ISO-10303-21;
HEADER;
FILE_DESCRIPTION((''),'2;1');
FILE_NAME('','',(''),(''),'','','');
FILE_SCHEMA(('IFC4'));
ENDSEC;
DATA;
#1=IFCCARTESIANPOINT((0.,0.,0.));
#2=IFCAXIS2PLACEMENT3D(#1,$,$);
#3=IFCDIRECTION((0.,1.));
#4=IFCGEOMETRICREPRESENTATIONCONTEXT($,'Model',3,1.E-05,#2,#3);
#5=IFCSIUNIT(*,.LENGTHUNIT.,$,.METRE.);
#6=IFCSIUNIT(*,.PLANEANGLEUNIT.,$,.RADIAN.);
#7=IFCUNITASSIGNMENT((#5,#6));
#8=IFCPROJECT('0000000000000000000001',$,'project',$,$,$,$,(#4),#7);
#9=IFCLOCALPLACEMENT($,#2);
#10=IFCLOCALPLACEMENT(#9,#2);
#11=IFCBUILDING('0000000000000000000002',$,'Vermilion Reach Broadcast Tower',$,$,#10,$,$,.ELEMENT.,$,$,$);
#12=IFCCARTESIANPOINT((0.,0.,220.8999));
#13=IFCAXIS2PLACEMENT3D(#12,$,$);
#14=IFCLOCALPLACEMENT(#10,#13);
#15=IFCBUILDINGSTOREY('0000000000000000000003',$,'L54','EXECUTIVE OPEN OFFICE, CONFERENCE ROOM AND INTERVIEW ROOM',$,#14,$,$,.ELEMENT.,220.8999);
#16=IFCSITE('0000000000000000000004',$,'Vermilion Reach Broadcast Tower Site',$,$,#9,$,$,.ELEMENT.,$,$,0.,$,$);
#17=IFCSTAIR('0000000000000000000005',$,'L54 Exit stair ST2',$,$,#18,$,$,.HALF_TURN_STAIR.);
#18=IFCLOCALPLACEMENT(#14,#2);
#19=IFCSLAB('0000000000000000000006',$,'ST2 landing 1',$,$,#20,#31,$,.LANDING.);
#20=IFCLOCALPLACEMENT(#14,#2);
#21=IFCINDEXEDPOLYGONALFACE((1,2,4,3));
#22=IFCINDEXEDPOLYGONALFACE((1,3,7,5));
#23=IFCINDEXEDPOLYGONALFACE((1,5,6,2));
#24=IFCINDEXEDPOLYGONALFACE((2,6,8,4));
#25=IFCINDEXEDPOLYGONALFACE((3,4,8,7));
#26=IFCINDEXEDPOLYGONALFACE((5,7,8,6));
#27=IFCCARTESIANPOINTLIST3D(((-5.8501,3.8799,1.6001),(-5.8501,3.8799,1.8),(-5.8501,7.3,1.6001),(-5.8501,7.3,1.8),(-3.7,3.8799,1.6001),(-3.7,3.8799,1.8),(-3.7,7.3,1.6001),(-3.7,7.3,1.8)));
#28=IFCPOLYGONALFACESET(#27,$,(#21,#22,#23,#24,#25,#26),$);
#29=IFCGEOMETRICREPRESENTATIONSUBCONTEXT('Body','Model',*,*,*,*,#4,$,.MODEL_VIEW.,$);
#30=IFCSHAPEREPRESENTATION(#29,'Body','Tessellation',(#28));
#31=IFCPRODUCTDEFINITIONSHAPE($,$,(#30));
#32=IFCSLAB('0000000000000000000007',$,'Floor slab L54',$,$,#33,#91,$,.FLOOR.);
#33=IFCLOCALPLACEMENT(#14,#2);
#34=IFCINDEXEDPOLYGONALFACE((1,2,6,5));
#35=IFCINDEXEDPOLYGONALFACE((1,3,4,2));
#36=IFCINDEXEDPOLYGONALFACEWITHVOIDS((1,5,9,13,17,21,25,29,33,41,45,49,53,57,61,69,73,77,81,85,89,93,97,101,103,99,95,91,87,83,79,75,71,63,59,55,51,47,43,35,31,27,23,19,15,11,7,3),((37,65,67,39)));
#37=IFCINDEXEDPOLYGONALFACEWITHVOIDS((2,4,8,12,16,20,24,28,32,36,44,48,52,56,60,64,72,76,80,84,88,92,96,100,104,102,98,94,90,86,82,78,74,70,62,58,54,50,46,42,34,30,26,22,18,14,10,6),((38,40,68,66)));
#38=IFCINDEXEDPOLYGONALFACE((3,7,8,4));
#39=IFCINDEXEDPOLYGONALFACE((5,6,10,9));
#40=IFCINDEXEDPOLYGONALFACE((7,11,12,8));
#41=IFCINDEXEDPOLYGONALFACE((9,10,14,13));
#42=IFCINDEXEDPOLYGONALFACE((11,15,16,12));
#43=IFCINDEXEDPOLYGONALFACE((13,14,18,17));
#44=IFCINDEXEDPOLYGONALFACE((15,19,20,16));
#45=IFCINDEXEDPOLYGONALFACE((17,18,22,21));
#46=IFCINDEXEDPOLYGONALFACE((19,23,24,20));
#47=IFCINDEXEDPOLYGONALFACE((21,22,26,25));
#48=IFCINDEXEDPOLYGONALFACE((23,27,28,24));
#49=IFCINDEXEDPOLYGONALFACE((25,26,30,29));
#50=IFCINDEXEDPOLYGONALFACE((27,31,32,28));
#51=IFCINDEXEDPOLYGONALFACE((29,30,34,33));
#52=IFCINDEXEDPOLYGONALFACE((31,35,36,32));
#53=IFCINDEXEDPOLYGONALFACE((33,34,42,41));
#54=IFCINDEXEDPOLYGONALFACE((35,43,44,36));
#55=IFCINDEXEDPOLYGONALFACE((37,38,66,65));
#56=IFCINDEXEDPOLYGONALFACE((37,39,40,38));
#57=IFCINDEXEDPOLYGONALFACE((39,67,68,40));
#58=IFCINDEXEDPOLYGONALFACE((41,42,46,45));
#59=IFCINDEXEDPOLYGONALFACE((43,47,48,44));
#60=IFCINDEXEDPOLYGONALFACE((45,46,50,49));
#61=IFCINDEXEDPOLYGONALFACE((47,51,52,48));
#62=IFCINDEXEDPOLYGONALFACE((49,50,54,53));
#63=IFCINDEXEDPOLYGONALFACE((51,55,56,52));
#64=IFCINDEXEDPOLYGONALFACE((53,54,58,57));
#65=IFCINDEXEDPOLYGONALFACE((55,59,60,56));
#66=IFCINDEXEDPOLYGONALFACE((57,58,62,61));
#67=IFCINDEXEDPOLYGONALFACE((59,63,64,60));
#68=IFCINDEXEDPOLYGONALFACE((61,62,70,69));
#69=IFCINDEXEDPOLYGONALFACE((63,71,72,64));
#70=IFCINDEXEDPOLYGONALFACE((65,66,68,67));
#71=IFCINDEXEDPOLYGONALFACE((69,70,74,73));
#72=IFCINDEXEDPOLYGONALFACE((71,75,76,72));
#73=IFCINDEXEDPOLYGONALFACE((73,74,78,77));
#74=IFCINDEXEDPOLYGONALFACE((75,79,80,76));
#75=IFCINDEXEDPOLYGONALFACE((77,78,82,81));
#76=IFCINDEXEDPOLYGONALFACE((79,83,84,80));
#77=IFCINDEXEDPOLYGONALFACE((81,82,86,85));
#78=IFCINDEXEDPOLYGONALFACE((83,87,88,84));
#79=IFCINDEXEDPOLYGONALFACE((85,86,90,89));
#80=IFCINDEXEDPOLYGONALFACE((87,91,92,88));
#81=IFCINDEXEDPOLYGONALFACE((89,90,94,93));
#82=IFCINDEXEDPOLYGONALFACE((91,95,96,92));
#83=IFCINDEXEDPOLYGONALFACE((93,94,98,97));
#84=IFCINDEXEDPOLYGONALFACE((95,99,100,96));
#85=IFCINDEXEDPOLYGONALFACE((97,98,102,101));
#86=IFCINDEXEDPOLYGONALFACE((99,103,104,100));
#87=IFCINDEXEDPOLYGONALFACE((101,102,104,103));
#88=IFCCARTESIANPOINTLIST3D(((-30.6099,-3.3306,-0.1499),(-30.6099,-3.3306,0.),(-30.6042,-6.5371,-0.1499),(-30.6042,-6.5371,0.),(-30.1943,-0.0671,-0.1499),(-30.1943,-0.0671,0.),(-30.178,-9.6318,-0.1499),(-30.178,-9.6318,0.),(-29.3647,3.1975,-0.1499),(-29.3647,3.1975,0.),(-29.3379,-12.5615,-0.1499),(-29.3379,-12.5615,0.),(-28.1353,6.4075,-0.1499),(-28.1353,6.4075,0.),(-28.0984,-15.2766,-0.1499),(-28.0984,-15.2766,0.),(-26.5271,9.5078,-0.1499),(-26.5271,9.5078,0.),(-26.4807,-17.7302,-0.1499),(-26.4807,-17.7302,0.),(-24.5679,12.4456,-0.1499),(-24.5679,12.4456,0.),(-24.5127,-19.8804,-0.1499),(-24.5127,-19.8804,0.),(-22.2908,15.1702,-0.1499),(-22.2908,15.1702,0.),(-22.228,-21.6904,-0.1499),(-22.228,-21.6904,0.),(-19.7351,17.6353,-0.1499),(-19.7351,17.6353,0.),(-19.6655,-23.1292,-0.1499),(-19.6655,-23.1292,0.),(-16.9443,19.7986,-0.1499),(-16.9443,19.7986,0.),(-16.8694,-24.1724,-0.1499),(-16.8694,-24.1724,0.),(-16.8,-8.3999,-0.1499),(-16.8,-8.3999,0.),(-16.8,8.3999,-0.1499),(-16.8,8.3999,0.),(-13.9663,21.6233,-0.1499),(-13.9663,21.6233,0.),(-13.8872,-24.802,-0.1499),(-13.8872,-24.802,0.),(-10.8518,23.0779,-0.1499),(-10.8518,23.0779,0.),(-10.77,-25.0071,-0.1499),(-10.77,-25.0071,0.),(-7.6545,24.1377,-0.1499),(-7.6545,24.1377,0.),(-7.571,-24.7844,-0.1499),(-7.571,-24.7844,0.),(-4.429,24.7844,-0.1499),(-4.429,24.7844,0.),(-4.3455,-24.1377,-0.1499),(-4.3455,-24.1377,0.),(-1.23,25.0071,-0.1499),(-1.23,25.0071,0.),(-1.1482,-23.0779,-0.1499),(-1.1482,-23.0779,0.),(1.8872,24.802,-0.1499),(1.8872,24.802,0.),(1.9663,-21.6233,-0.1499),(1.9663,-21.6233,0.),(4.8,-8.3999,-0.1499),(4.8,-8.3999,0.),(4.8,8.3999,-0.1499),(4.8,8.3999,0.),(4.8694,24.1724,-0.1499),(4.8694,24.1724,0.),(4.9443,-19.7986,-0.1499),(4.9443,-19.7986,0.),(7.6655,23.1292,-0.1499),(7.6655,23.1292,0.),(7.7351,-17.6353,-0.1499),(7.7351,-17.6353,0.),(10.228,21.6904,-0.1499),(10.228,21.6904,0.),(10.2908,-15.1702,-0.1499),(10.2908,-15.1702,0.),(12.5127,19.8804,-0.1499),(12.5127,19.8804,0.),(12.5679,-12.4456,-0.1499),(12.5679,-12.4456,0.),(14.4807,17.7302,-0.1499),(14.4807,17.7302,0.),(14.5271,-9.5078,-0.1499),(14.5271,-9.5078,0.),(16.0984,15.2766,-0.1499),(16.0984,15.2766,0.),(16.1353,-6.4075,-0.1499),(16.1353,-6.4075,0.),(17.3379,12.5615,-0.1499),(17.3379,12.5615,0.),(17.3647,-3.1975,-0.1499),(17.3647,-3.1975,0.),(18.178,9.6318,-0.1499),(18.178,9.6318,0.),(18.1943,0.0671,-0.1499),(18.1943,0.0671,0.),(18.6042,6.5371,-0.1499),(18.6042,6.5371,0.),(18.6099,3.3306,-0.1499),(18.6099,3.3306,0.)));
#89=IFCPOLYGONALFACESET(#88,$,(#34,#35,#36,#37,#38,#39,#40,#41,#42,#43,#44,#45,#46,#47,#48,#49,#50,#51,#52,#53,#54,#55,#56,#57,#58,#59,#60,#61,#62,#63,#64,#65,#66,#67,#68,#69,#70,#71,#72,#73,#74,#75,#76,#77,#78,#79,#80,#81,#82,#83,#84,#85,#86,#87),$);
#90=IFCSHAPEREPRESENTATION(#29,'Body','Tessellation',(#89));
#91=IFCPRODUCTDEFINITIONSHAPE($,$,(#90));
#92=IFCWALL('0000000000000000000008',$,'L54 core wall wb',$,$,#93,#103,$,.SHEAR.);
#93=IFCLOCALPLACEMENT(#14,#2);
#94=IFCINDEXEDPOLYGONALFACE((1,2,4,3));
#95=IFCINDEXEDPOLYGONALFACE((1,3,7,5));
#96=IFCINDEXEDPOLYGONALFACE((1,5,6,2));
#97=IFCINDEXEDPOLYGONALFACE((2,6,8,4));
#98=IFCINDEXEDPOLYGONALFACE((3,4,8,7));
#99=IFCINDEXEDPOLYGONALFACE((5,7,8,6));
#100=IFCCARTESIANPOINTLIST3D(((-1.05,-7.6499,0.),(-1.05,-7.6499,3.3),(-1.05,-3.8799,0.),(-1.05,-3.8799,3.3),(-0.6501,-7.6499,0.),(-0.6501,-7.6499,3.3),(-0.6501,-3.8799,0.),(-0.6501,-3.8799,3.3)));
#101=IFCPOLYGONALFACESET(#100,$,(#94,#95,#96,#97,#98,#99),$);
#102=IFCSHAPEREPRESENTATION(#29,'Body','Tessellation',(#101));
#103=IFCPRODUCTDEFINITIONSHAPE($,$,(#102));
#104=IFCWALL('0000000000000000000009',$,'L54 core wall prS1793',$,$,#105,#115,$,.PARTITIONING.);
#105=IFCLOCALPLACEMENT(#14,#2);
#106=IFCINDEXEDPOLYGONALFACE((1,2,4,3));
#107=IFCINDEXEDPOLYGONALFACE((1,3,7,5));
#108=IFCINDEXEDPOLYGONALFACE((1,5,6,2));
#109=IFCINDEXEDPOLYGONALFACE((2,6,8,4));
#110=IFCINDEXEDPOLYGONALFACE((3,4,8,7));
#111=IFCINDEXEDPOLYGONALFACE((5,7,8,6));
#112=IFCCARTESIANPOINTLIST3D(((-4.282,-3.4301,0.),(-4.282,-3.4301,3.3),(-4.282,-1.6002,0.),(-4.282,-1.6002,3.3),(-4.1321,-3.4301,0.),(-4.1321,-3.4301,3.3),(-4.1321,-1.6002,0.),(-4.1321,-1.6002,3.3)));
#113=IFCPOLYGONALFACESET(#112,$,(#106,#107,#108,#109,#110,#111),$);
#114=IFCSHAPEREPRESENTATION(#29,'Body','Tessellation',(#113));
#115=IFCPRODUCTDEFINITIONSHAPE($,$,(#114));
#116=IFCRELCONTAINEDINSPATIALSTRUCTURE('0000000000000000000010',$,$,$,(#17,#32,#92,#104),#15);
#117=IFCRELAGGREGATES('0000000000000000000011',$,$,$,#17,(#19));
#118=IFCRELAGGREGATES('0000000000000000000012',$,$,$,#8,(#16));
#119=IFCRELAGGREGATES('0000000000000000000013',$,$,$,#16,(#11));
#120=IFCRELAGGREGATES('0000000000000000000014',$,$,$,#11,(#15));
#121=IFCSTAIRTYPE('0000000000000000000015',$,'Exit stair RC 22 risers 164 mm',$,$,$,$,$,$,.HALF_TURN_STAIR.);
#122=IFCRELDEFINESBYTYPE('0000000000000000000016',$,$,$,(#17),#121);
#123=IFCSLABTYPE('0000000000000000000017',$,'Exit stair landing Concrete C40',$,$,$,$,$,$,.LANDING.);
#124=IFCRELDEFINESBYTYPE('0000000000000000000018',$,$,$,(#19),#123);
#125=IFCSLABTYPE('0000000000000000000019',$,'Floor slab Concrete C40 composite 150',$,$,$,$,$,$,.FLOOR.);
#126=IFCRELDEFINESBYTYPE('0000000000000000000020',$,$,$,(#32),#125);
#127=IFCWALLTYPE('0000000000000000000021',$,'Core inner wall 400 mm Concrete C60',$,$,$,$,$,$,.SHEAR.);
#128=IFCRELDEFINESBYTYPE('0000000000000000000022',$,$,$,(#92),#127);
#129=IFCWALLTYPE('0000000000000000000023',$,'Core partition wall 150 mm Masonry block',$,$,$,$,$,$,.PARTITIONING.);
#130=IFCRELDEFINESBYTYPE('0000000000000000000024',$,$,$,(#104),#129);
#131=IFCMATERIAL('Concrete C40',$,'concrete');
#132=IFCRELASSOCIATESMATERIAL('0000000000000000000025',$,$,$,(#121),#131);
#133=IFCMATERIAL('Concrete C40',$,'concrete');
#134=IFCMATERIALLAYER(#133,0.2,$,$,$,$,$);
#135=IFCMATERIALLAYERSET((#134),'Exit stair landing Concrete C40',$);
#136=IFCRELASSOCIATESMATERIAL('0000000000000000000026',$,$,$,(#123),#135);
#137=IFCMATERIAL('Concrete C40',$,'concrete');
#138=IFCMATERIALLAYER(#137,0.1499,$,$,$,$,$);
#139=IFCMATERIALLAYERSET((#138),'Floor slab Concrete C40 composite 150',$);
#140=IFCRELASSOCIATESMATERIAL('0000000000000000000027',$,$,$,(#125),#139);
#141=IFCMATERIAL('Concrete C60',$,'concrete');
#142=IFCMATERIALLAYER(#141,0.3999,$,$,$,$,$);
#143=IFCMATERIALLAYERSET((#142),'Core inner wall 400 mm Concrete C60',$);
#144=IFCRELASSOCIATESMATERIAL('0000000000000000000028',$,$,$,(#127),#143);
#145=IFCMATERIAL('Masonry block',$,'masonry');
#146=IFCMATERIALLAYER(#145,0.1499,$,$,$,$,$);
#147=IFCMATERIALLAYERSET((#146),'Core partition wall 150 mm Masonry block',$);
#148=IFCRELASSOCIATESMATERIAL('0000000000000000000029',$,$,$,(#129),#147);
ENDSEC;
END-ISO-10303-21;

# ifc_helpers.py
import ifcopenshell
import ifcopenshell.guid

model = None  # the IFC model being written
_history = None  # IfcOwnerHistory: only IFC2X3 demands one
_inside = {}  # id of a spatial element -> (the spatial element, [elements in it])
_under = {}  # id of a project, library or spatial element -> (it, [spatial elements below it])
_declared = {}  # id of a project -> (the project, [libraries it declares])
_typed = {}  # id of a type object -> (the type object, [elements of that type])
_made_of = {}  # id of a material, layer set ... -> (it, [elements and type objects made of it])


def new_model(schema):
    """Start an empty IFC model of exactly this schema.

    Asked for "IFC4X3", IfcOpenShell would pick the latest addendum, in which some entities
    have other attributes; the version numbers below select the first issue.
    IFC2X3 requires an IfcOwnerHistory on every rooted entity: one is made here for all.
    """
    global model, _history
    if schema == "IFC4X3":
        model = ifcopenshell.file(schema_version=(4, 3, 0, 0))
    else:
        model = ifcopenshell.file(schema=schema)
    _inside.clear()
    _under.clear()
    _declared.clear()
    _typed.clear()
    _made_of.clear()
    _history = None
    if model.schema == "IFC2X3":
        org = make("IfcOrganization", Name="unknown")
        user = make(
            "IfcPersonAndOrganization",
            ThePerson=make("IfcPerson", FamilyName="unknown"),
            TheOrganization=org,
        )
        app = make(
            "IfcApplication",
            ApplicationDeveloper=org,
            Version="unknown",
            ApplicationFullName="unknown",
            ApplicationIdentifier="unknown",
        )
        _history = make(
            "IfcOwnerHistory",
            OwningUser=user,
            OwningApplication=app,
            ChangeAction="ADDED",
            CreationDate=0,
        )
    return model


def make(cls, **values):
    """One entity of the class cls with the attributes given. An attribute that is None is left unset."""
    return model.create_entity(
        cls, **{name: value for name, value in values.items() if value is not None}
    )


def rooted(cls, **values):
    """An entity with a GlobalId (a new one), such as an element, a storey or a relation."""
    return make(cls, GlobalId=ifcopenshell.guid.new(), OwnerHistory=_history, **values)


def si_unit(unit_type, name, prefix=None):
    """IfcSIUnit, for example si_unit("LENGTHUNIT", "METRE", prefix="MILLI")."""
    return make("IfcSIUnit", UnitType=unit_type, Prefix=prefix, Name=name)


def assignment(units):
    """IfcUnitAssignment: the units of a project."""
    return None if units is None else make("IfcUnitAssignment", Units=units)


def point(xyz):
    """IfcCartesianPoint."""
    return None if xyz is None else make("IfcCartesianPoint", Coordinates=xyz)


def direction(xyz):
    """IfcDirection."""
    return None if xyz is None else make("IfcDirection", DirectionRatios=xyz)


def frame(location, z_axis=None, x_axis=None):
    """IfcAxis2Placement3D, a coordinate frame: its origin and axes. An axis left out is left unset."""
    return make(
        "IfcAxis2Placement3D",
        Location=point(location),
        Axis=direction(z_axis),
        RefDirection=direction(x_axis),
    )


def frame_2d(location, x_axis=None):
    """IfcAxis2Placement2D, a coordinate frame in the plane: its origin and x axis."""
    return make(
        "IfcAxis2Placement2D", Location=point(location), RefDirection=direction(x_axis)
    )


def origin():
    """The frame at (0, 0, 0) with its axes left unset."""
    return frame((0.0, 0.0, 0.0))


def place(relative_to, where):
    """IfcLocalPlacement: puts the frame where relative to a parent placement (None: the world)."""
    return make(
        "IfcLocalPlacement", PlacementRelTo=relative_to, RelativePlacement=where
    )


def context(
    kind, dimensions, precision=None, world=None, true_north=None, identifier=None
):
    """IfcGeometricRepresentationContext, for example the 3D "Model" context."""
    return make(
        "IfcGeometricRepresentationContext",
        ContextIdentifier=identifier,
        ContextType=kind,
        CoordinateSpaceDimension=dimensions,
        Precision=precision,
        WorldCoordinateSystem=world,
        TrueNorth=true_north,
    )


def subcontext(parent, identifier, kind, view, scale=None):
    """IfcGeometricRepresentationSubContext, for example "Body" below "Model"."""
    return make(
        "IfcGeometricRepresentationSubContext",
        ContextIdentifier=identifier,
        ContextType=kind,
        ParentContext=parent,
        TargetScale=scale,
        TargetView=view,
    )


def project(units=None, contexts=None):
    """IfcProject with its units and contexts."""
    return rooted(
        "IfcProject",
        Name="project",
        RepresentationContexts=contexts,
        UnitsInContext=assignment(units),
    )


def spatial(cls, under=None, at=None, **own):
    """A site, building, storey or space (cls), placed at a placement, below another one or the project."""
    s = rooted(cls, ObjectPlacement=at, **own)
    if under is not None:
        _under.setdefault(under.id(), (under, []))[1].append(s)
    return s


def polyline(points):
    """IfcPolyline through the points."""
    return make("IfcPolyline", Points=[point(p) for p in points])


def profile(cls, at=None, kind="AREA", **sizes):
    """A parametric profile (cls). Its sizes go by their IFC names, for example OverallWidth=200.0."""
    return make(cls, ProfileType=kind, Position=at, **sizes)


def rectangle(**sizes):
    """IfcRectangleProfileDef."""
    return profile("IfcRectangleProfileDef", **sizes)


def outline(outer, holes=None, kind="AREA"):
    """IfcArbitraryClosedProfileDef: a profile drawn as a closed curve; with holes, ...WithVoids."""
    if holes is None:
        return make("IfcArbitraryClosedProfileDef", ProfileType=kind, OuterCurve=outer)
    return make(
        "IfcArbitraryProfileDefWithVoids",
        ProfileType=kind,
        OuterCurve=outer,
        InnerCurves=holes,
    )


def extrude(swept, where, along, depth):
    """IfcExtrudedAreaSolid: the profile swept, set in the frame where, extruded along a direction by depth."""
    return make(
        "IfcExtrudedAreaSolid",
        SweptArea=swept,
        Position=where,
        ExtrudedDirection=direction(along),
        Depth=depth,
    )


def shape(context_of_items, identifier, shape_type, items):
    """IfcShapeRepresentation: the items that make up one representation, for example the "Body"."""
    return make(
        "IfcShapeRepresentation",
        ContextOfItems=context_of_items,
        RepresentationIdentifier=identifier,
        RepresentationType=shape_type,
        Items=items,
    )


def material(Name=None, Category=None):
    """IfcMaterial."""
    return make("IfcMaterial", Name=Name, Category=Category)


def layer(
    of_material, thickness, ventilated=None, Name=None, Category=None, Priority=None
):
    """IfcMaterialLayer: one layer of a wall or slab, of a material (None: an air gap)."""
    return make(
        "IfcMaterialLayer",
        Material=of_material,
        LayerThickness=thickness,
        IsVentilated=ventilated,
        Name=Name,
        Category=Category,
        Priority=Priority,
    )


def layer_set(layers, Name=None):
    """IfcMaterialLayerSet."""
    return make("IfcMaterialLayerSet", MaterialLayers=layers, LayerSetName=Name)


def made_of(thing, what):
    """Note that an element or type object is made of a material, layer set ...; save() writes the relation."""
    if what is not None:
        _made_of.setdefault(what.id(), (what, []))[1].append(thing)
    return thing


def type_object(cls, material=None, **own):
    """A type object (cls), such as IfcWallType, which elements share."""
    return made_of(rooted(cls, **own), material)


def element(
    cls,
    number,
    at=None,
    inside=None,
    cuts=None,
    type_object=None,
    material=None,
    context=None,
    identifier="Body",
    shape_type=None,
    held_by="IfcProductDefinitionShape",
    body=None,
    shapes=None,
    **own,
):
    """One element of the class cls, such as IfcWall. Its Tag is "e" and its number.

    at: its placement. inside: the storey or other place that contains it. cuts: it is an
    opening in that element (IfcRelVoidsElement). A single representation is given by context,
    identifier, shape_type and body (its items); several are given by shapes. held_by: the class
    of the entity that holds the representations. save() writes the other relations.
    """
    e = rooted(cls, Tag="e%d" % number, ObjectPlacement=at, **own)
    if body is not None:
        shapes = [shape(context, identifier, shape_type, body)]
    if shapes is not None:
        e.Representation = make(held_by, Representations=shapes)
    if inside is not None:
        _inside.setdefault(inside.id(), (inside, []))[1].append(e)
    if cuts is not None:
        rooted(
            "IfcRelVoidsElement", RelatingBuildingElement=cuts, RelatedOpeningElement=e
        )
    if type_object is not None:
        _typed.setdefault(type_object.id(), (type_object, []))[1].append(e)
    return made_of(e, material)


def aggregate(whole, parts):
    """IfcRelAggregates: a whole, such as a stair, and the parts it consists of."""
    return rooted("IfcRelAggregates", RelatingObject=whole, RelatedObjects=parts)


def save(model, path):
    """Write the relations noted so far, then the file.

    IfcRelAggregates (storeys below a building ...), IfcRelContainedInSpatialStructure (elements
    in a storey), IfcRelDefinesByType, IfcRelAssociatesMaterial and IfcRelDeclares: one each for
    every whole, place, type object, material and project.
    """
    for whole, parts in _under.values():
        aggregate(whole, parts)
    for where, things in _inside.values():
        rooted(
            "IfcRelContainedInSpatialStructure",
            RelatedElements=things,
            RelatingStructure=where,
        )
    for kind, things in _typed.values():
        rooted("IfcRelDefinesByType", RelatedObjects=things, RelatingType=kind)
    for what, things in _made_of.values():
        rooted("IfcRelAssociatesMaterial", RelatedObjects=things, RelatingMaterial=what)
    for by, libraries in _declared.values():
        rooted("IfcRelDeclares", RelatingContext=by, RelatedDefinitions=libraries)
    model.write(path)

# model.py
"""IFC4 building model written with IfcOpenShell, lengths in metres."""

from ifc_helpers import new_model, si_unit, direction, frame, frame_2d, origin, place, context, subcontext, project, spatial, polyline, rectangle, outline, extrude, material, layer, layer_set, type_object, element, aggregate, save


model = new_model("IFC4")

# Units and contexts
model_context = context("Model", 3, precision=1e-05, world=origin(), true_north=direction((0.0, 1.0)))
body_context = subcontext(model_context, "Body", "Model", "MODEL_VIEW")
ifc_project = project(units=[si_unit("LENGTHUNIT", "METRE"), si_unit("PLANEANGLEUNIT", "RADIAN")], contexts=[model_context])

# Site, building, storey
site_placement = place(None, origin())
site = spatial("IfcSite", under=ifc_project, at=site_placement, Name="Vermilion Reach Broadcast Tower Site", CompositionType="ELEMENT", RefElevation=0.0)
building_placement = place(site_placement, origin())
building = spatial("IfcBuilding", under=site, at=building_placement, Name="Vermilion Reach Broadcast Tower", CompositionType="ELEMENT")
storey_placement = place(building_placement, frame((0.0, 0.0, 220.8999)))
storey = spatial("IfcBuildingStorey", under=building, at=storey_placement, Name="L54", Description="EXECUTIVE OPEN OFFICE, CONFERENCE ROOM AND INTERVIEW ROOM", CompositionType="ELEMENT", Elevation=220.8999)

# Stair, slab
ifc_material_1 = material(Name="Concrete C40", Category="concrete")
stair_type = type_object("IfcStairType", Name="Exit stair RC 22 risers 164 mm", PredefinedType="HALF_TURN_STAIR", material=ifc_material_1)
placement_1 = place(storey_placement, origin())
ifc_material_2 = material(Name="Concrete C40", Category="concrete")
ifc_layer_1 = layer(ifc_material_2, 0.2)
ifc_layer_set_1 = layer_set([ifc_layer_1], Name="Exit stair landing Concrete C40")
slab_type_1 = type_object("IfcSlabType", Name="Exit stair landing Concrete C40", PredefinedType="LANDING", material=ifc_layer_set_1)
placement_2 = place(storey_placement, frame((0.0, 0.0, 1.6001)))
stair_1 = element("IfcStair", 1, at=placement_1, inside=storey, type_object=stair_type, Name="L54 Exit stair ST2", PredefinedType="HALF_TURN_STAIR")
slab_1 = element("IfcSlab", 2, at=placement_2, type_object=slab_type_1, Name="ST2 landing 1", PredefinedType="LANDING", context=body_context, shape_type="SweptSolid", body=[
    extrude(outline(polyline([(-3.7, 7.3), (-5.8501, 7.3), (-5.8501, 3.8799), (-3.7, 3.8799), (-3.7, 7.3)])), origin(), (0.0, 0.0, 1.0), 0.2),
])
aggregate(stair_1, [slab_1])

# Slab
ifc_material_3 = material(Name="Concrete C40", Category="concrete")
ifc_layer_2 = layer(ifc_material_3, 0.1499)
ifc_layer_set_2 = layer_set([ifc_layer_2], Name="Floor slab Concrete C40 composite 150")
slab_type_2 = type_object("IfcSlabType", Name="Floor slab Concrete C40 composite 150", PredefinedType="FLOOR", material=ifc_layer_set_2)
slab_2_placement = place(storey_placement, frame((0.0, 0.0, -0.1499)))
element("IfcSlab", 3, at=slab_2_placement, inside=storey, type_object=slab_type_2, Name="Floor slab L54", PredefinedType="FLOOR", context=body_context, shape_type="SweptSolid", body=[
    extrude(outline(polyline([(12.5127, 19.8804), (10.228, 21.6904), (7.6655, 23.1292), (4.8694, 24.1724), (1.8872, 24.802), (-1.23, 25.0071), (-4.429, 24.7844), (-7.6545, 24.1377), (-10.8518, 23.0779), (-13.9663, 21.6233), (-16.9443, 19.7986), (-19.7351, 17.6353), (-22.2908, 15.1702), (-24.5679, 12.4456), (-26.5271, 9.5078), (-28.1353, 6.4075), (-29.3647, 3.1975), (-30.1943, -0.0671), (-30.6099, -3.3306), (-30.6042, -6.5371), (-30.178, -9.6318), (-29.3379, -12.5615), (-28.0984, -15.2766), (-26.4807, -17.7302), (-24.5127, -19.8804), (-22.228, -21.6904), (-19.6655, -23.1292), (-16.8694, -24.1724), (-13.8872, -24.802), (-10.77, -25.0071), (-7.571, -24.7844), (-4.3455, -24.1377), (-1.1482, -23.0779), (1.9663, -21.6233), (4.9443, -19.7986), (7.7351, -17.6353), (10.2908, -15.1702), (12.5679, -12.4456), (14.5271, -9.5078), (16.1353, -6.4075), (17.3647, -3.1975), (18.1943, 0.0671), (18.6099, 3.3306), (18.6042, 6.5371), (18.178, 9.6318), (17.3379, 12.5615), (16.0984, 15.2766), (14.4807, 17.7302), (12.5127, 19.8804)]), holes=[polyline([(-16.8, -8.3999), (4.8, -8.3999), (4.8, 8.3999), (-16.8, 8.3999), (-16.8, -8.3999)])]), origin(), (0.0, 0.0, 1.0), 0.1499),
])

# Walls
ifc_material_4 = material(Name="Concrete C60", Category="concrete")
ifc_layer_3 = layer(ifc_material_4, 0.3999)
ifc_layer_set_3 = layer_set([ifc_layer_3], Name="Core inner wall 400 mm Concrete C60")
wall_type_1 = type_object("IfcWallType", Name="Core inner wall 400 mm Concrete C60", PredefinedType="SHEAR", material=ifc_layer_set_3)
wall_1_placement = place(storey_placement, frame((-0.8501, -3.8799, 0.0), z_axis=(0.0, 0.0, 1.0), x_axis=(0.0, -1.0, 0.0)))
element("IfcWall", 4, at=wall_1_placement, inside=storey, type_object=wall_type_1, Name="L54 core wall wb", PredefinedType="SHEAR", context=body_context, shape_type="SweptSolid", body=[
    extrude(rectangle(XDim=3.77, YDim=0.3999, at=frame_2d((1.885, 0.0))), origin(), (0.0, 0.0, 1.0), 3.3),
])
ifc_material_5 = material(Name="Masonry block", Category="masonry")
ifc_layer_4 = layer(ifc_material_5, 0.1499)
ifc_layer_set_4 = layer_set([ifc_layer_4], Name="Core partition wall 150 mm Masonry block")
wall_type_2 = type_object("IfcWallType", Name="Core partition wall 150 mm Masonry block", PredefinedType="PARTITIONING", material=ifc_layer_set_4)
wall_2_placement = place(storey_placement, frame((-4.207, -1.6001, 0.0), z_axis=(0.0, 0.0, 1.0), x_axis=(0.0, -1.0, 0.0)))
element("IfcWall", 5, at=wall_2_placement, inside=storey, type_object=wall_type_2, Name="L54 core wall prS1793", PredefinedType="PARTITIONING", context=body_context, shape_type="SweptSolid", body=[
    extrude(rectangle(XDim=1.8298, YDim=0.1499, at=frame_2d((0.915, 0.0))), origin(), (0.0, 0.0, 1.0), 3.3),
])

save(model, "model.ifc")
